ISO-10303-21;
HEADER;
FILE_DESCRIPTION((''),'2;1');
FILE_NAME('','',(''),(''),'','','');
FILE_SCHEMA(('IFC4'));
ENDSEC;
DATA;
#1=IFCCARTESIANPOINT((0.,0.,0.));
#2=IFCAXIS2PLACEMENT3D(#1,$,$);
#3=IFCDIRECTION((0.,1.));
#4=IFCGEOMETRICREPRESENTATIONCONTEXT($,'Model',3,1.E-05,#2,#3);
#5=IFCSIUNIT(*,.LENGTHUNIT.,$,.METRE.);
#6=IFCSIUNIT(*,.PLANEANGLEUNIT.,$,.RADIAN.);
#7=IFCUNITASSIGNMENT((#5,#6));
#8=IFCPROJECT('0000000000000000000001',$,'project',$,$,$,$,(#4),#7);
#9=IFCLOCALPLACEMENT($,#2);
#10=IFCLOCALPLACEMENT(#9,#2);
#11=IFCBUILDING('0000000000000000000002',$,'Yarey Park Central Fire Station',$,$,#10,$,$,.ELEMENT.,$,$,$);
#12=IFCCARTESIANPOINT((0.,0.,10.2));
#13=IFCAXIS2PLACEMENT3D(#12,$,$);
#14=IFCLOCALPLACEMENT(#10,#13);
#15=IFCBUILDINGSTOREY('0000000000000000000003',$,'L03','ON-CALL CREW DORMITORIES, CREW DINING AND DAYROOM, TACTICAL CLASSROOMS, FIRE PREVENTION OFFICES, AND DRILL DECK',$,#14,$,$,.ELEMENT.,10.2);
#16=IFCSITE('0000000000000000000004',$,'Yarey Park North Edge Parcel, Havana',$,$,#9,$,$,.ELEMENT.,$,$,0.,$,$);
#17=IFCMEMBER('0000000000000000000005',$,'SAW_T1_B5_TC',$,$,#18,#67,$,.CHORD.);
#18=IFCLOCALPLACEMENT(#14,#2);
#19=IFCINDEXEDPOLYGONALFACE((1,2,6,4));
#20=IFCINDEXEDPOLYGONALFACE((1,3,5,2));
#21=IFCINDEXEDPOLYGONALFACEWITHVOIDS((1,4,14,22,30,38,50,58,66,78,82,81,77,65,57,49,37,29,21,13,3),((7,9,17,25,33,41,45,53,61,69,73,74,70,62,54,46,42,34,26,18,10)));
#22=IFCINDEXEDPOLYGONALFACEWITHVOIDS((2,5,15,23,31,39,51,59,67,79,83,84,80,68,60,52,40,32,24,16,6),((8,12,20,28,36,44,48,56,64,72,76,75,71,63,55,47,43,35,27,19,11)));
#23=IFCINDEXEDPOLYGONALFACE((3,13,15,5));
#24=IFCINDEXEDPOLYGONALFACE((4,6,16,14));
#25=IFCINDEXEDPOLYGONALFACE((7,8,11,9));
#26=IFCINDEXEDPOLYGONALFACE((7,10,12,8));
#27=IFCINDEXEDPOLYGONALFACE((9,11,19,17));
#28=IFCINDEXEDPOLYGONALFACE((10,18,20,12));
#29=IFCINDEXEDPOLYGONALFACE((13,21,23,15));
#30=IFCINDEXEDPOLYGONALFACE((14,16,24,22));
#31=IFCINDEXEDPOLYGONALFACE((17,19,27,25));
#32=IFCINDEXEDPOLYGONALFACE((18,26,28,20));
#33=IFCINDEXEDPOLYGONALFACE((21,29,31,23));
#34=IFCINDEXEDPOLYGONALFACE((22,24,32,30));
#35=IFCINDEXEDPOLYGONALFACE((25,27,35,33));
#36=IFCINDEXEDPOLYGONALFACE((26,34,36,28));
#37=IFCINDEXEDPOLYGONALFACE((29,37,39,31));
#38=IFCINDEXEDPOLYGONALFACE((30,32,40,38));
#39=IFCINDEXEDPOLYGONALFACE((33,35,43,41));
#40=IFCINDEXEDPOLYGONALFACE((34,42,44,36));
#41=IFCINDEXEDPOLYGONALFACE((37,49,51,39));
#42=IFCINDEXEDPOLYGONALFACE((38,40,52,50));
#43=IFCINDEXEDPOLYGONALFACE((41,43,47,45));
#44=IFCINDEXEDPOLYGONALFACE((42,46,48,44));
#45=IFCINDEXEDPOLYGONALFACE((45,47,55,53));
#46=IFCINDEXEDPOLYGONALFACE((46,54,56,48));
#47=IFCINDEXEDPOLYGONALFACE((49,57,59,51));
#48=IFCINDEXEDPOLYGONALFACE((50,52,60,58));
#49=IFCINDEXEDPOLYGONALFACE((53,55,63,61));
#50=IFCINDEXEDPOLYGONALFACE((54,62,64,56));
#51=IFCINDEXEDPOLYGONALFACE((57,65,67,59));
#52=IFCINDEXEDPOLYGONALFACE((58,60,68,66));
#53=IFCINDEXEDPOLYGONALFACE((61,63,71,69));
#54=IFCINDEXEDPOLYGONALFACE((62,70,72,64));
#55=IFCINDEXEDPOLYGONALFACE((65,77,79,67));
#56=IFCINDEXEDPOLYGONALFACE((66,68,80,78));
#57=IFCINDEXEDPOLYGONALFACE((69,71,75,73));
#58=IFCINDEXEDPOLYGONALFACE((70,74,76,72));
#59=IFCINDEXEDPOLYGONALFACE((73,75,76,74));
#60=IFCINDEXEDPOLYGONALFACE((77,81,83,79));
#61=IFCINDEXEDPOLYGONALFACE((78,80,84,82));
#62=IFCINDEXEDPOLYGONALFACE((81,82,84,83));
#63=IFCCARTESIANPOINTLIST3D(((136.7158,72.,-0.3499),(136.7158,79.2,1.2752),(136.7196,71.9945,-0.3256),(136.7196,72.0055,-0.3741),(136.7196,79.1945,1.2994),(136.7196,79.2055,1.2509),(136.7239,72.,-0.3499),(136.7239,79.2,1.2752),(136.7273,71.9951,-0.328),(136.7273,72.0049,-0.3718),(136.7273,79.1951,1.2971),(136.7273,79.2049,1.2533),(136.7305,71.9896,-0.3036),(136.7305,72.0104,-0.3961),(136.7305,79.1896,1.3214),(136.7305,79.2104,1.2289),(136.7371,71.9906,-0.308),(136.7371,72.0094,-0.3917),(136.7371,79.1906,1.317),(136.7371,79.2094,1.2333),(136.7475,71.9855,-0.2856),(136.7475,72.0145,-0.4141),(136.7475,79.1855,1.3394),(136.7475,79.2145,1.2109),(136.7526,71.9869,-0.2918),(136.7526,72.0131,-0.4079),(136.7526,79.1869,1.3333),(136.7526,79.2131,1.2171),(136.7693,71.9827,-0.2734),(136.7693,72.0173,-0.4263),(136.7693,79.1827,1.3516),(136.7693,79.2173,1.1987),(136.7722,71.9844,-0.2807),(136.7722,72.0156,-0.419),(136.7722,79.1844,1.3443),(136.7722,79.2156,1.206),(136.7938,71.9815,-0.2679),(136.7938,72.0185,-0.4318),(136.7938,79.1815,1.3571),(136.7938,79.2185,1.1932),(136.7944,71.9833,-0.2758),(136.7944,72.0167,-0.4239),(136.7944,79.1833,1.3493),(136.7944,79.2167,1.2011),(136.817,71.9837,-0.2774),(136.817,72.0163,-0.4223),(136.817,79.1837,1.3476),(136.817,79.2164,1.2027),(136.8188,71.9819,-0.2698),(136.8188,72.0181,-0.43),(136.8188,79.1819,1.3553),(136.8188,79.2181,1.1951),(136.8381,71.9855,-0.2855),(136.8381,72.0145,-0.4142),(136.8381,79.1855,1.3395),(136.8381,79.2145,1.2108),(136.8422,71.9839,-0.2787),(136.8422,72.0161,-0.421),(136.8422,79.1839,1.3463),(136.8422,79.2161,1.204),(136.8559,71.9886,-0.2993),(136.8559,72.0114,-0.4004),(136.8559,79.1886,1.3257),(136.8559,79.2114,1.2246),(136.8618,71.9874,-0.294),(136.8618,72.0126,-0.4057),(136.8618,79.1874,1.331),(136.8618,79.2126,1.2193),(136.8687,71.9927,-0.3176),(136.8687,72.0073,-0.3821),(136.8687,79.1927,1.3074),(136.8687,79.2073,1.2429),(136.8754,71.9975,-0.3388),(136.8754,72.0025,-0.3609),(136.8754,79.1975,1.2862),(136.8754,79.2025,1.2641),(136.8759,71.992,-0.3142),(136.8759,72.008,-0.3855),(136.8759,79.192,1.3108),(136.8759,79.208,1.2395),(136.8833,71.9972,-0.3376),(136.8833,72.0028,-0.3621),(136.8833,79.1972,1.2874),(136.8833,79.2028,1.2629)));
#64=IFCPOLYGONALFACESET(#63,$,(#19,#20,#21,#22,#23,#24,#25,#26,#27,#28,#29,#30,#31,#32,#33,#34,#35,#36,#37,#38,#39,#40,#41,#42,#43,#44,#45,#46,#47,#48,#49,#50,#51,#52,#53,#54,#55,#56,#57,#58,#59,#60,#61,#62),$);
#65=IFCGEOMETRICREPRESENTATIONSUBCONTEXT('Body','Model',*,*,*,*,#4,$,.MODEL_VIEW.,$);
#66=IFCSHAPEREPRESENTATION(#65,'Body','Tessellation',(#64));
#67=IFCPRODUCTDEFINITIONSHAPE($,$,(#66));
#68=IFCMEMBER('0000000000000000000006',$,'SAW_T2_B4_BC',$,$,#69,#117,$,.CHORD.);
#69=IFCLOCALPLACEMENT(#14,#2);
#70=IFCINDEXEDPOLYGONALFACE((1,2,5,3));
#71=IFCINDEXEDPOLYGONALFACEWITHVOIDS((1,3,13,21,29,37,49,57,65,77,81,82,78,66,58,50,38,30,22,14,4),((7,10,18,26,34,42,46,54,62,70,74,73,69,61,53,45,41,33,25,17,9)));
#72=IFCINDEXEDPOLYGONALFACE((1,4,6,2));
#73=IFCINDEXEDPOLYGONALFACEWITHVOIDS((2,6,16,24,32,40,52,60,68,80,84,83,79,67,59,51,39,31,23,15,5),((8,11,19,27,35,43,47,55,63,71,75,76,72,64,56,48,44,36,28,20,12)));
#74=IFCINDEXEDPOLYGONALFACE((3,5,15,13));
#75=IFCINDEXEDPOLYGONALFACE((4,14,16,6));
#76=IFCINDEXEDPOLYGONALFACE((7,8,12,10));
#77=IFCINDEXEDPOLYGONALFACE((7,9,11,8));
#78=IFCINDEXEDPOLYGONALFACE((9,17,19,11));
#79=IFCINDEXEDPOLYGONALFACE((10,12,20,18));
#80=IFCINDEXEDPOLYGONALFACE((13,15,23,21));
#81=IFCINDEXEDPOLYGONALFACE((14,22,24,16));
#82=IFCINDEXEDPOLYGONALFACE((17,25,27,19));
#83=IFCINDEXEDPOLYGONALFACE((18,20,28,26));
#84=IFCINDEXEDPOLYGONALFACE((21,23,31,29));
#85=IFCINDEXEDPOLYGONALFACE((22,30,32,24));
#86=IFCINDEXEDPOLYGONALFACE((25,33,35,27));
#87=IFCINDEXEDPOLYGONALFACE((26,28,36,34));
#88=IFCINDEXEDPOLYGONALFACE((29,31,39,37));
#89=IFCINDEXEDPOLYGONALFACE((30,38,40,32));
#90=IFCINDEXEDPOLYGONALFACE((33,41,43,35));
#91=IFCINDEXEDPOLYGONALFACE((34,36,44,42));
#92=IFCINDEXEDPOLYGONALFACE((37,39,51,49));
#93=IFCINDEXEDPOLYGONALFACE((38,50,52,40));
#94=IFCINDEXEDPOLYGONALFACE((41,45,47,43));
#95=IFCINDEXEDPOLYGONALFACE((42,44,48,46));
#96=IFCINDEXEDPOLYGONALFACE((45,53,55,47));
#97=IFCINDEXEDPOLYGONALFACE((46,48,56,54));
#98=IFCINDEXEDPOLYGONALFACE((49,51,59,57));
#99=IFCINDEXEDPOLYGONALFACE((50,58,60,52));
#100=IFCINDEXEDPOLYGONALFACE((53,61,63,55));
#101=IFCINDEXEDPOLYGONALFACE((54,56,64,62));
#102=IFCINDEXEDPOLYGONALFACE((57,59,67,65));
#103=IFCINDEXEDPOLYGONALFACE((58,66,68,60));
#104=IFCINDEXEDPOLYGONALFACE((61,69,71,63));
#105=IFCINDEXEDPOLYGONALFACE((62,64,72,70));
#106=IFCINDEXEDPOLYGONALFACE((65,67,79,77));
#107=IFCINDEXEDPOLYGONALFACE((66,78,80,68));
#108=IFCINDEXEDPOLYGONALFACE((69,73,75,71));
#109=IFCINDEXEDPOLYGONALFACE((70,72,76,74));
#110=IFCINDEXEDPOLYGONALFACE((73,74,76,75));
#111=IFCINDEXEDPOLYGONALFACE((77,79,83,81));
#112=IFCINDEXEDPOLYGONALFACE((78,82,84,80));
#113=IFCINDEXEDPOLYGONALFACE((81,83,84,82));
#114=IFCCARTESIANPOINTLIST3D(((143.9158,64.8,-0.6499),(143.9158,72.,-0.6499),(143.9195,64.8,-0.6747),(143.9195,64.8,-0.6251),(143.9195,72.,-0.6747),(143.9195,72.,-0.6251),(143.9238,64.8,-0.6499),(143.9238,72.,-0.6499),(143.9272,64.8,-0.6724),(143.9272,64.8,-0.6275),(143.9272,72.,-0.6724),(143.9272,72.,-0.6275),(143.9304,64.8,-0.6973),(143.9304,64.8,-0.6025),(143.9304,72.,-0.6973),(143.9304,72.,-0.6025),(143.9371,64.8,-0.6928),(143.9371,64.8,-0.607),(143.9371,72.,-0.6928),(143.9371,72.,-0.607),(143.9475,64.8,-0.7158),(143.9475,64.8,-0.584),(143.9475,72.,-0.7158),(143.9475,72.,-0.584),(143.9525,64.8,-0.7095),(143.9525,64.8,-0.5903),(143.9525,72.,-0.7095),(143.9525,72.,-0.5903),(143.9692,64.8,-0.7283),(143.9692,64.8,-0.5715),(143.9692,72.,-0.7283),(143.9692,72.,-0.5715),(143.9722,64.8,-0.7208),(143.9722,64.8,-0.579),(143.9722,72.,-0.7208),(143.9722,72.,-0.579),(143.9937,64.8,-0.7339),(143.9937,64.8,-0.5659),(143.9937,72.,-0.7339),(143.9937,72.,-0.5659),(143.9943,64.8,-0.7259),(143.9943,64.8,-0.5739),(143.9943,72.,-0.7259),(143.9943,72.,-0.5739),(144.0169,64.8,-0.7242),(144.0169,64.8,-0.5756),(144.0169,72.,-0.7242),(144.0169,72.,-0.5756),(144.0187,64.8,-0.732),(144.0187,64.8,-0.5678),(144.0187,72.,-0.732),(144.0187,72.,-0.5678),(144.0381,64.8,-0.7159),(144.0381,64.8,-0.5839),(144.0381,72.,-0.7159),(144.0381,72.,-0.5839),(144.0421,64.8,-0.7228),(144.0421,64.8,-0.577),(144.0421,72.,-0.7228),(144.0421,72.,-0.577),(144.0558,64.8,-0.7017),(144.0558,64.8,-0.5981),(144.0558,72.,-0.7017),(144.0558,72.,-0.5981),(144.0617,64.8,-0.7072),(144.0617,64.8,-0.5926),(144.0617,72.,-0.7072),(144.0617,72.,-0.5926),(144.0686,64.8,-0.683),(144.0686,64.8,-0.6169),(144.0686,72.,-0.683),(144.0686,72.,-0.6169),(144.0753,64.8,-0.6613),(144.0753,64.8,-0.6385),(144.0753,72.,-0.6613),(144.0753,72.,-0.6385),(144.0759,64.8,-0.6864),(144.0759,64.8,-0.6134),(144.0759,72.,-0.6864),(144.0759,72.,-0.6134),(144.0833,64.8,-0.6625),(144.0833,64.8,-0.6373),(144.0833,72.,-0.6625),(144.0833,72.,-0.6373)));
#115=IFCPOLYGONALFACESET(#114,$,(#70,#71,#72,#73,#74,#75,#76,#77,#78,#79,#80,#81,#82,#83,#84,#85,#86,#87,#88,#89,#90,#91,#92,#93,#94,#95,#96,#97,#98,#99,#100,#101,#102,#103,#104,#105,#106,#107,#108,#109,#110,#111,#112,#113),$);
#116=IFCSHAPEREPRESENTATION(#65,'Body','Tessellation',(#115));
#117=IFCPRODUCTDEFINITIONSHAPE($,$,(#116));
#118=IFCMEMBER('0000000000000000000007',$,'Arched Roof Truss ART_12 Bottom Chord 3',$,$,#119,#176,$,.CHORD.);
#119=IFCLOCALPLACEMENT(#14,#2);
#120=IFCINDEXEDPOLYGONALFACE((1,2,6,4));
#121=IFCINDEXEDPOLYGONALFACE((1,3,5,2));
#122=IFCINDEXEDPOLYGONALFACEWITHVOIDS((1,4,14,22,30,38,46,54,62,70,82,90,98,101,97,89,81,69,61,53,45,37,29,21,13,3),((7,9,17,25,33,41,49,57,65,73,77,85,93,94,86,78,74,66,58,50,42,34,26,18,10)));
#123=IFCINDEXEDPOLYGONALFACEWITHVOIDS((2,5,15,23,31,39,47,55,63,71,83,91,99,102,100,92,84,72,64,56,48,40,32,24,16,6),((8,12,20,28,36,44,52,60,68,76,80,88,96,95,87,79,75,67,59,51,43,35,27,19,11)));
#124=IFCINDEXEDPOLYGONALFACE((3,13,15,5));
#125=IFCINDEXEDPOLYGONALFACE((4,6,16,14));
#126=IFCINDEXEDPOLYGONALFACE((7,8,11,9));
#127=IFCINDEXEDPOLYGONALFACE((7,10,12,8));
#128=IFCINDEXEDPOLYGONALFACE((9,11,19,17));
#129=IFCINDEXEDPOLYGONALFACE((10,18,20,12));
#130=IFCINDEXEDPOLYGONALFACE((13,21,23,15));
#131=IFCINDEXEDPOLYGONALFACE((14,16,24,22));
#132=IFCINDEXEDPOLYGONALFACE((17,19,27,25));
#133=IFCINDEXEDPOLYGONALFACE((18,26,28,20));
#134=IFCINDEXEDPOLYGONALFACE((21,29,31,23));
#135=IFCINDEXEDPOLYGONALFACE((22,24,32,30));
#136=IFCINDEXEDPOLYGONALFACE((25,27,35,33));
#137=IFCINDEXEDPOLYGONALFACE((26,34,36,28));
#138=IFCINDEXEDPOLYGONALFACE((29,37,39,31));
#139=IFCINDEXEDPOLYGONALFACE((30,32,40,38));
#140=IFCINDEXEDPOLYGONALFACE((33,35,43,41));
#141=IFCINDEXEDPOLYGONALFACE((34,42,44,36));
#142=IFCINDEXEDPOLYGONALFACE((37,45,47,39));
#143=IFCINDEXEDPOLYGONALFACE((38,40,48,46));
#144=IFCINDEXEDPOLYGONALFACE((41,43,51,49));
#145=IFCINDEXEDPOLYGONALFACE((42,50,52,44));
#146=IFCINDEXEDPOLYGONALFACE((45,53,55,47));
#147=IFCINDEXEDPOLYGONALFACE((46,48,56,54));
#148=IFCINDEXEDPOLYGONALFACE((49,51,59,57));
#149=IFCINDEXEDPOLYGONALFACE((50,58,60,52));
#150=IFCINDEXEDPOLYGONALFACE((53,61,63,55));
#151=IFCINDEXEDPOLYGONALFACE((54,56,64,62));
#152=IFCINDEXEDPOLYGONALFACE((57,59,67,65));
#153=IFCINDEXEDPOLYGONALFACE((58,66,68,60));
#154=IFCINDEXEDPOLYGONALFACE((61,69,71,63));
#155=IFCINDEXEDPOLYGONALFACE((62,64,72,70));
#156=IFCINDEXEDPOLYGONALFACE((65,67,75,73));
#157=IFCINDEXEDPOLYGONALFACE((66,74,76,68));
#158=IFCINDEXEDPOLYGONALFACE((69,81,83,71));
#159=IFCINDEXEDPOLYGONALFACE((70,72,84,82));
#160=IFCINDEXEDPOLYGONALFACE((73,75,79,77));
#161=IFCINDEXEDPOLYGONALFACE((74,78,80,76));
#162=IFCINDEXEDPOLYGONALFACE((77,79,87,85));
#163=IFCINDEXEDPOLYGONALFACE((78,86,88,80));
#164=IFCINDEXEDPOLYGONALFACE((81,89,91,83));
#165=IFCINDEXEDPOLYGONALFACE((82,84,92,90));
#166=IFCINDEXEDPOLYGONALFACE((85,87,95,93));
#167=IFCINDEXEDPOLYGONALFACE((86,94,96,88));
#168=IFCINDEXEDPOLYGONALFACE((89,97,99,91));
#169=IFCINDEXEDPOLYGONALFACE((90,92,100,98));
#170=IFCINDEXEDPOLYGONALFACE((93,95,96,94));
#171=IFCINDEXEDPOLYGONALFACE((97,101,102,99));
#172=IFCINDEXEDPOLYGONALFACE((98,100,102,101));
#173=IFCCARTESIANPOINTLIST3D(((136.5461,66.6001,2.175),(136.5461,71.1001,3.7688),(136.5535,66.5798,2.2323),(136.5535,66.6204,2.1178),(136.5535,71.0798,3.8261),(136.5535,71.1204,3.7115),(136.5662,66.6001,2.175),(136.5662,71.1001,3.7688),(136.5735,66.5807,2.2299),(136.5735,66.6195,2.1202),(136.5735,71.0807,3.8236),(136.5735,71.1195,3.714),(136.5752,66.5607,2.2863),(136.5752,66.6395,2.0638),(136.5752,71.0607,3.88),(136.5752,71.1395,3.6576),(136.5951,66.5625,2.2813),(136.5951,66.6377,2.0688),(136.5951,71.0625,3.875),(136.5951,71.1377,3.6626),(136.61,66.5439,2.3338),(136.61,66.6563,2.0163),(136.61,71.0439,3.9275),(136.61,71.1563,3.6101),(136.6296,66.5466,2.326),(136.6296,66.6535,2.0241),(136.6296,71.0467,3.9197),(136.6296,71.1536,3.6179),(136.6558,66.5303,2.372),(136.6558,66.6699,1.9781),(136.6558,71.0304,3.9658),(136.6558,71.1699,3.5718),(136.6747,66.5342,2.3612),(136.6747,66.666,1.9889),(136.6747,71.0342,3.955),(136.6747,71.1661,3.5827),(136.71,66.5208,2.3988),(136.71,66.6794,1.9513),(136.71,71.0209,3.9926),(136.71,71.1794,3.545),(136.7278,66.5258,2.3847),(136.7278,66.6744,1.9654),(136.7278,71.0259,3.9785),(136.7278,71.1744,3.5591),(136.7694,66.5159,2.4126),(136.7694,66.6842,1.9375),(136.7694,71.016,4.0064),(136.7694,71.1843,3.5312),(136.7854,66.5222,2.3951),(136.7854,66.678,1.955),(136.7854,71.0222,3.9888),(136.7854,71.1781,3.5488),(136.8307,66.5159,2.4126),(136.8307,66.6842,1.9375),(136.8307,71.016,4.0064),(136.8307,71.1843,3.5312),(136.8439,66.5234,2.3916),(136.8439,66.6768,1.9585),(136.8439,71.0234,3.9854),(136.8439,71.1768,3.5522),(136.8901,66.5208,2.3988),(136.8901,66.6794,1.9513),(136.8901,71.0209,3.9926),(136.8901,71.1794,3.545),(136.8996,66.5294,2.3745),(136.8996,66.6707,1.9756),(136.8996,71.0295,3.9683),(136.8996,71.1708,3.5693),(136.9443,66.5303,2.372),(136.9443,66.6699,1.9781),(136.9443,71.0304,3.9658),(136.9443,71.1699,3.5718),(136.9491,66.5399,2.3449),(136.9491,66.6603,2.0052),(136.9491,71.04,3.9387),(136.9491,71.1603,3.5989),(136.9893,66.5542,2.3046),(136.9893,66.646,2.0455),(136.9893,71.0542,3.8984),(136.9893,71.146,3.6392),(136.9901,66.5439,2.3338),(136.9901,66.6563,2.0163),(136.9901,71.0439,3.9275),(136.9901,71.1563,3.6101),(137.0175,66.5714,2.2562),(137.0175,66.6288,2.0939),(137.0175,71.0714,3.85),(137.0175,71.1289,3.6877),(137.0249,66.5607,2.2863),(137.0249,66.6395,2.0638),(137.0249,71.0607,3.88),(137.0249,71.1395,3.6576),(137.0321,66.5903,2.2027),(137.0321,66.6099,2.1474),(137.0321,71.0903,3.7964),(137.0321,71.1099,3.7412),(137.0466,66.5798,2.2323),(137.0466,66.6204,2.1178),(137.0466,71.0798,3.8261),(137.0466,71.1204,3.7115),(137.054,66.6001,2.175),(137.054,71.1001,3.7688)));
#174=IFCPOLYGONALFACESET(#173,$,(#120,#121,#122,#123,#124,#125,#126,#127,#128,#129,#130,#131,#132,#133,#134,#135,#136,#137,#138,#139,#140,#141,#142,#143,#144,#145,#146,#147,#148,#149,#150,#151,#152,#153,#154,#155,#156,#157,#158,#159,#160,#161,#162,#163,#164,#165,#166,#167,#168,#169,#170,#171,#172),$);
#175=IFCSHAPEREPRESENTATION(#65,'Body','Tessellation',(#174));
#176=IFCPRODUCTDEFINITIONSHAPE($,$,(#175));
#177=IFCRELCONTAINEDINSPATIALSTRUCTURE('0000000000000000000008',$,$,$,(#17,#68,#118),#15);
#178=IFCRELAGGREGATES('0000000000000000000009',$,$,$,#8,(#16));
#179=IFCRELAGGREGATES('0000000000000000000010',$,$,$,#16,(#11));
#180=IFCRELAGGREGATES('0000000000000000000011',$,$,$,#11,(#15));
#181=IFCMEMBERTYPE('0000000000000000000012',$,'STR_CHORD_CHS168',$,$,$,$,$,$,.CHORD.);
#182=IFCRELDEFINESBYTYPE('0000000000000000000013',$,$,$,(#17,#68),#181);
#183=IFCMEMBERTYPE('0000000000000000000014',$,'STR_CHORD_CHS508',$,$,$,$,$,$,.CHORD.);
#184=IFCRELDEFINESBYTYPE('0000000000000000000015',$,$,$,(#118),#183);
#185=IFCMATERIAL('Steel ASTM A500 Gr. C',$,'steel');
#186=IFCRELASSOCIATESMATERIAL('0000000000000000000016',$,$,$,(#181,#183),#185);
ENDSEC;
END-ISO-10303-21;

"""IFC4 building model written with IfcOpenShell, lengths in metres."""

from ifc_helpers import new_model, si_unit, direction, frame, origin, origin_2d, place, context, subcontext, project, spatial, hollow_circle, extrude, material, material_profile, profile_set, type_object, element, save


model = new_model("IFC4")

# Units and contexts
model_context = context("Model", 3, precision=1e-05, world=origin(), true_north=direction((0.0, 1.0)))
body_context = subcontext(model_context, "Body", "Model", "MODEL_VIEW")
ifc_project = project(units=[si_unit("LENGTHUNIT", "METRE"), si_unit("PLANEANGLEUNIT", "RADIAN")], contexts=[model_context])

# Site, building, storey
site_placement = place(None, origin())
site = spatial("IfcSite", under=ifc_project, at=site_placement, Name="Yarey Park North Edge Parcel, Havana", CompositionType="ELEMENT", RefElevation=0.0)
building_placement = place(site_placement, origin())
building = spatial("IfcBuilding", under=site, at=building_placement, Name="Yarey Park Central Fire Station", CompositionType="ELEMENT")
storey_placement = place(building_placement, frame((0.0, 0.0, 10.2)))
storey = spatial("IfcBuildingStorey", under=building, at=storey_placement, Name="L03", Description="ON-CALL CREW DORMITORIES, CREW DINING AND DAYROOM, TACTICAL CLASSROOMS, FIRE PREVENTION OFFICES, AND DRILL DECK", CompositionType="ELEMENT", Elevation=10.2)

# Members
ifc_material_1 = material(Name="Steel ASTM A500 Gr. C", Category="steel")
ifc_material_profile_1 = material_profile(ifc_material_1, hollow_circle(Radius=0.0842, WallThickness=0.0081, at=origin_2d()), Name="CHS 168.3x8")
ifc_profile_set_1 = profile_set([ifc_material_profile_1], Name="Steel ASTM A500 Gr. C")
member_type_1 = type_object("IfcMemberType", Name="STR_CHORD_CHS168", PredefinedType="CHORD", material=ifc_profile_set_1)
member_1_placement = place(storey_placement, frame((136.8, 72.0, -0.3499), z_axis=(0.0, 0.975464, 0.220158), x_axis=(-1.0, 0.0, 0.0)))
element("IfcMember", 1, at=member_1_placement, inside=storey, type_object=member_type_1, Name="SAW_T1_B5_TC", PredefinedType="CHORD", context=body_context, shape_type="SweptSolid", body=[
    extrude(hollow_circle(Radius=0.0842, WallThickness=0.0081, at=origin_2d()), origin(), (0.0, 0.0, 1.0), 7.3811),
])
member_2_placement = place(storey_placement, frame((144.0, 64.8, -0.6499), z_axis=(0.0, 1.0, 0.0), x_axis=(-1.0, 0.0, 0.0)))
element("IfcMember", 2, at=member_2_placement, inside=storey, type_object=member_type_1, Name="SAW_T2_B4_BC", PredefinedType="CHORD", context=body_context, shape_type="SweptSolid", body=[
    extrude(hollow_circle(Radius=0.0842, WallThickness=0.0081, at=origin_2d()), origin(), (0.0, 0.0, 1.0), 7.2),
])
ifc_material_profile_2 = material_profile(ifc_material_1, hollow_circle(Radius=0.2539, WallThickness=0.02, at=origin_2d()), Name="CHS 508x20")
ifc_profile_set_2 = profile_set([ifc_material_profile_2], Name="Steel ASTM A500 Gr. C")
member_type_2 = type_object("IfcMemberType", Name="STR_CHORD_CHS508", PredefinedType="CHORD", material=ifc_profile_set_2)
member_3_placement = place(storey_placement, frame((136.8, 66.6001, 2.175), z_axis=(0.0, 0.942627, 0.333847), x_axis=(-1.0, 0.0, 0.0)))
element("IfcMember", 3, at=member_3_placement, inside=storey, type_object=member_type_2, Name="Arched Roof Truss ART_12 Bottom Chord 3", PredefinedType="CHORD", context=body_context, shape_type="SweptSolid", body=[
    extrude(hollow_circle(Radius=0.2539, WallThickness=0.02, at=origin_2d()), origin(), (0.0, 0.0, 1.0), 4.7739),
])

save(model, "model.ifc")
